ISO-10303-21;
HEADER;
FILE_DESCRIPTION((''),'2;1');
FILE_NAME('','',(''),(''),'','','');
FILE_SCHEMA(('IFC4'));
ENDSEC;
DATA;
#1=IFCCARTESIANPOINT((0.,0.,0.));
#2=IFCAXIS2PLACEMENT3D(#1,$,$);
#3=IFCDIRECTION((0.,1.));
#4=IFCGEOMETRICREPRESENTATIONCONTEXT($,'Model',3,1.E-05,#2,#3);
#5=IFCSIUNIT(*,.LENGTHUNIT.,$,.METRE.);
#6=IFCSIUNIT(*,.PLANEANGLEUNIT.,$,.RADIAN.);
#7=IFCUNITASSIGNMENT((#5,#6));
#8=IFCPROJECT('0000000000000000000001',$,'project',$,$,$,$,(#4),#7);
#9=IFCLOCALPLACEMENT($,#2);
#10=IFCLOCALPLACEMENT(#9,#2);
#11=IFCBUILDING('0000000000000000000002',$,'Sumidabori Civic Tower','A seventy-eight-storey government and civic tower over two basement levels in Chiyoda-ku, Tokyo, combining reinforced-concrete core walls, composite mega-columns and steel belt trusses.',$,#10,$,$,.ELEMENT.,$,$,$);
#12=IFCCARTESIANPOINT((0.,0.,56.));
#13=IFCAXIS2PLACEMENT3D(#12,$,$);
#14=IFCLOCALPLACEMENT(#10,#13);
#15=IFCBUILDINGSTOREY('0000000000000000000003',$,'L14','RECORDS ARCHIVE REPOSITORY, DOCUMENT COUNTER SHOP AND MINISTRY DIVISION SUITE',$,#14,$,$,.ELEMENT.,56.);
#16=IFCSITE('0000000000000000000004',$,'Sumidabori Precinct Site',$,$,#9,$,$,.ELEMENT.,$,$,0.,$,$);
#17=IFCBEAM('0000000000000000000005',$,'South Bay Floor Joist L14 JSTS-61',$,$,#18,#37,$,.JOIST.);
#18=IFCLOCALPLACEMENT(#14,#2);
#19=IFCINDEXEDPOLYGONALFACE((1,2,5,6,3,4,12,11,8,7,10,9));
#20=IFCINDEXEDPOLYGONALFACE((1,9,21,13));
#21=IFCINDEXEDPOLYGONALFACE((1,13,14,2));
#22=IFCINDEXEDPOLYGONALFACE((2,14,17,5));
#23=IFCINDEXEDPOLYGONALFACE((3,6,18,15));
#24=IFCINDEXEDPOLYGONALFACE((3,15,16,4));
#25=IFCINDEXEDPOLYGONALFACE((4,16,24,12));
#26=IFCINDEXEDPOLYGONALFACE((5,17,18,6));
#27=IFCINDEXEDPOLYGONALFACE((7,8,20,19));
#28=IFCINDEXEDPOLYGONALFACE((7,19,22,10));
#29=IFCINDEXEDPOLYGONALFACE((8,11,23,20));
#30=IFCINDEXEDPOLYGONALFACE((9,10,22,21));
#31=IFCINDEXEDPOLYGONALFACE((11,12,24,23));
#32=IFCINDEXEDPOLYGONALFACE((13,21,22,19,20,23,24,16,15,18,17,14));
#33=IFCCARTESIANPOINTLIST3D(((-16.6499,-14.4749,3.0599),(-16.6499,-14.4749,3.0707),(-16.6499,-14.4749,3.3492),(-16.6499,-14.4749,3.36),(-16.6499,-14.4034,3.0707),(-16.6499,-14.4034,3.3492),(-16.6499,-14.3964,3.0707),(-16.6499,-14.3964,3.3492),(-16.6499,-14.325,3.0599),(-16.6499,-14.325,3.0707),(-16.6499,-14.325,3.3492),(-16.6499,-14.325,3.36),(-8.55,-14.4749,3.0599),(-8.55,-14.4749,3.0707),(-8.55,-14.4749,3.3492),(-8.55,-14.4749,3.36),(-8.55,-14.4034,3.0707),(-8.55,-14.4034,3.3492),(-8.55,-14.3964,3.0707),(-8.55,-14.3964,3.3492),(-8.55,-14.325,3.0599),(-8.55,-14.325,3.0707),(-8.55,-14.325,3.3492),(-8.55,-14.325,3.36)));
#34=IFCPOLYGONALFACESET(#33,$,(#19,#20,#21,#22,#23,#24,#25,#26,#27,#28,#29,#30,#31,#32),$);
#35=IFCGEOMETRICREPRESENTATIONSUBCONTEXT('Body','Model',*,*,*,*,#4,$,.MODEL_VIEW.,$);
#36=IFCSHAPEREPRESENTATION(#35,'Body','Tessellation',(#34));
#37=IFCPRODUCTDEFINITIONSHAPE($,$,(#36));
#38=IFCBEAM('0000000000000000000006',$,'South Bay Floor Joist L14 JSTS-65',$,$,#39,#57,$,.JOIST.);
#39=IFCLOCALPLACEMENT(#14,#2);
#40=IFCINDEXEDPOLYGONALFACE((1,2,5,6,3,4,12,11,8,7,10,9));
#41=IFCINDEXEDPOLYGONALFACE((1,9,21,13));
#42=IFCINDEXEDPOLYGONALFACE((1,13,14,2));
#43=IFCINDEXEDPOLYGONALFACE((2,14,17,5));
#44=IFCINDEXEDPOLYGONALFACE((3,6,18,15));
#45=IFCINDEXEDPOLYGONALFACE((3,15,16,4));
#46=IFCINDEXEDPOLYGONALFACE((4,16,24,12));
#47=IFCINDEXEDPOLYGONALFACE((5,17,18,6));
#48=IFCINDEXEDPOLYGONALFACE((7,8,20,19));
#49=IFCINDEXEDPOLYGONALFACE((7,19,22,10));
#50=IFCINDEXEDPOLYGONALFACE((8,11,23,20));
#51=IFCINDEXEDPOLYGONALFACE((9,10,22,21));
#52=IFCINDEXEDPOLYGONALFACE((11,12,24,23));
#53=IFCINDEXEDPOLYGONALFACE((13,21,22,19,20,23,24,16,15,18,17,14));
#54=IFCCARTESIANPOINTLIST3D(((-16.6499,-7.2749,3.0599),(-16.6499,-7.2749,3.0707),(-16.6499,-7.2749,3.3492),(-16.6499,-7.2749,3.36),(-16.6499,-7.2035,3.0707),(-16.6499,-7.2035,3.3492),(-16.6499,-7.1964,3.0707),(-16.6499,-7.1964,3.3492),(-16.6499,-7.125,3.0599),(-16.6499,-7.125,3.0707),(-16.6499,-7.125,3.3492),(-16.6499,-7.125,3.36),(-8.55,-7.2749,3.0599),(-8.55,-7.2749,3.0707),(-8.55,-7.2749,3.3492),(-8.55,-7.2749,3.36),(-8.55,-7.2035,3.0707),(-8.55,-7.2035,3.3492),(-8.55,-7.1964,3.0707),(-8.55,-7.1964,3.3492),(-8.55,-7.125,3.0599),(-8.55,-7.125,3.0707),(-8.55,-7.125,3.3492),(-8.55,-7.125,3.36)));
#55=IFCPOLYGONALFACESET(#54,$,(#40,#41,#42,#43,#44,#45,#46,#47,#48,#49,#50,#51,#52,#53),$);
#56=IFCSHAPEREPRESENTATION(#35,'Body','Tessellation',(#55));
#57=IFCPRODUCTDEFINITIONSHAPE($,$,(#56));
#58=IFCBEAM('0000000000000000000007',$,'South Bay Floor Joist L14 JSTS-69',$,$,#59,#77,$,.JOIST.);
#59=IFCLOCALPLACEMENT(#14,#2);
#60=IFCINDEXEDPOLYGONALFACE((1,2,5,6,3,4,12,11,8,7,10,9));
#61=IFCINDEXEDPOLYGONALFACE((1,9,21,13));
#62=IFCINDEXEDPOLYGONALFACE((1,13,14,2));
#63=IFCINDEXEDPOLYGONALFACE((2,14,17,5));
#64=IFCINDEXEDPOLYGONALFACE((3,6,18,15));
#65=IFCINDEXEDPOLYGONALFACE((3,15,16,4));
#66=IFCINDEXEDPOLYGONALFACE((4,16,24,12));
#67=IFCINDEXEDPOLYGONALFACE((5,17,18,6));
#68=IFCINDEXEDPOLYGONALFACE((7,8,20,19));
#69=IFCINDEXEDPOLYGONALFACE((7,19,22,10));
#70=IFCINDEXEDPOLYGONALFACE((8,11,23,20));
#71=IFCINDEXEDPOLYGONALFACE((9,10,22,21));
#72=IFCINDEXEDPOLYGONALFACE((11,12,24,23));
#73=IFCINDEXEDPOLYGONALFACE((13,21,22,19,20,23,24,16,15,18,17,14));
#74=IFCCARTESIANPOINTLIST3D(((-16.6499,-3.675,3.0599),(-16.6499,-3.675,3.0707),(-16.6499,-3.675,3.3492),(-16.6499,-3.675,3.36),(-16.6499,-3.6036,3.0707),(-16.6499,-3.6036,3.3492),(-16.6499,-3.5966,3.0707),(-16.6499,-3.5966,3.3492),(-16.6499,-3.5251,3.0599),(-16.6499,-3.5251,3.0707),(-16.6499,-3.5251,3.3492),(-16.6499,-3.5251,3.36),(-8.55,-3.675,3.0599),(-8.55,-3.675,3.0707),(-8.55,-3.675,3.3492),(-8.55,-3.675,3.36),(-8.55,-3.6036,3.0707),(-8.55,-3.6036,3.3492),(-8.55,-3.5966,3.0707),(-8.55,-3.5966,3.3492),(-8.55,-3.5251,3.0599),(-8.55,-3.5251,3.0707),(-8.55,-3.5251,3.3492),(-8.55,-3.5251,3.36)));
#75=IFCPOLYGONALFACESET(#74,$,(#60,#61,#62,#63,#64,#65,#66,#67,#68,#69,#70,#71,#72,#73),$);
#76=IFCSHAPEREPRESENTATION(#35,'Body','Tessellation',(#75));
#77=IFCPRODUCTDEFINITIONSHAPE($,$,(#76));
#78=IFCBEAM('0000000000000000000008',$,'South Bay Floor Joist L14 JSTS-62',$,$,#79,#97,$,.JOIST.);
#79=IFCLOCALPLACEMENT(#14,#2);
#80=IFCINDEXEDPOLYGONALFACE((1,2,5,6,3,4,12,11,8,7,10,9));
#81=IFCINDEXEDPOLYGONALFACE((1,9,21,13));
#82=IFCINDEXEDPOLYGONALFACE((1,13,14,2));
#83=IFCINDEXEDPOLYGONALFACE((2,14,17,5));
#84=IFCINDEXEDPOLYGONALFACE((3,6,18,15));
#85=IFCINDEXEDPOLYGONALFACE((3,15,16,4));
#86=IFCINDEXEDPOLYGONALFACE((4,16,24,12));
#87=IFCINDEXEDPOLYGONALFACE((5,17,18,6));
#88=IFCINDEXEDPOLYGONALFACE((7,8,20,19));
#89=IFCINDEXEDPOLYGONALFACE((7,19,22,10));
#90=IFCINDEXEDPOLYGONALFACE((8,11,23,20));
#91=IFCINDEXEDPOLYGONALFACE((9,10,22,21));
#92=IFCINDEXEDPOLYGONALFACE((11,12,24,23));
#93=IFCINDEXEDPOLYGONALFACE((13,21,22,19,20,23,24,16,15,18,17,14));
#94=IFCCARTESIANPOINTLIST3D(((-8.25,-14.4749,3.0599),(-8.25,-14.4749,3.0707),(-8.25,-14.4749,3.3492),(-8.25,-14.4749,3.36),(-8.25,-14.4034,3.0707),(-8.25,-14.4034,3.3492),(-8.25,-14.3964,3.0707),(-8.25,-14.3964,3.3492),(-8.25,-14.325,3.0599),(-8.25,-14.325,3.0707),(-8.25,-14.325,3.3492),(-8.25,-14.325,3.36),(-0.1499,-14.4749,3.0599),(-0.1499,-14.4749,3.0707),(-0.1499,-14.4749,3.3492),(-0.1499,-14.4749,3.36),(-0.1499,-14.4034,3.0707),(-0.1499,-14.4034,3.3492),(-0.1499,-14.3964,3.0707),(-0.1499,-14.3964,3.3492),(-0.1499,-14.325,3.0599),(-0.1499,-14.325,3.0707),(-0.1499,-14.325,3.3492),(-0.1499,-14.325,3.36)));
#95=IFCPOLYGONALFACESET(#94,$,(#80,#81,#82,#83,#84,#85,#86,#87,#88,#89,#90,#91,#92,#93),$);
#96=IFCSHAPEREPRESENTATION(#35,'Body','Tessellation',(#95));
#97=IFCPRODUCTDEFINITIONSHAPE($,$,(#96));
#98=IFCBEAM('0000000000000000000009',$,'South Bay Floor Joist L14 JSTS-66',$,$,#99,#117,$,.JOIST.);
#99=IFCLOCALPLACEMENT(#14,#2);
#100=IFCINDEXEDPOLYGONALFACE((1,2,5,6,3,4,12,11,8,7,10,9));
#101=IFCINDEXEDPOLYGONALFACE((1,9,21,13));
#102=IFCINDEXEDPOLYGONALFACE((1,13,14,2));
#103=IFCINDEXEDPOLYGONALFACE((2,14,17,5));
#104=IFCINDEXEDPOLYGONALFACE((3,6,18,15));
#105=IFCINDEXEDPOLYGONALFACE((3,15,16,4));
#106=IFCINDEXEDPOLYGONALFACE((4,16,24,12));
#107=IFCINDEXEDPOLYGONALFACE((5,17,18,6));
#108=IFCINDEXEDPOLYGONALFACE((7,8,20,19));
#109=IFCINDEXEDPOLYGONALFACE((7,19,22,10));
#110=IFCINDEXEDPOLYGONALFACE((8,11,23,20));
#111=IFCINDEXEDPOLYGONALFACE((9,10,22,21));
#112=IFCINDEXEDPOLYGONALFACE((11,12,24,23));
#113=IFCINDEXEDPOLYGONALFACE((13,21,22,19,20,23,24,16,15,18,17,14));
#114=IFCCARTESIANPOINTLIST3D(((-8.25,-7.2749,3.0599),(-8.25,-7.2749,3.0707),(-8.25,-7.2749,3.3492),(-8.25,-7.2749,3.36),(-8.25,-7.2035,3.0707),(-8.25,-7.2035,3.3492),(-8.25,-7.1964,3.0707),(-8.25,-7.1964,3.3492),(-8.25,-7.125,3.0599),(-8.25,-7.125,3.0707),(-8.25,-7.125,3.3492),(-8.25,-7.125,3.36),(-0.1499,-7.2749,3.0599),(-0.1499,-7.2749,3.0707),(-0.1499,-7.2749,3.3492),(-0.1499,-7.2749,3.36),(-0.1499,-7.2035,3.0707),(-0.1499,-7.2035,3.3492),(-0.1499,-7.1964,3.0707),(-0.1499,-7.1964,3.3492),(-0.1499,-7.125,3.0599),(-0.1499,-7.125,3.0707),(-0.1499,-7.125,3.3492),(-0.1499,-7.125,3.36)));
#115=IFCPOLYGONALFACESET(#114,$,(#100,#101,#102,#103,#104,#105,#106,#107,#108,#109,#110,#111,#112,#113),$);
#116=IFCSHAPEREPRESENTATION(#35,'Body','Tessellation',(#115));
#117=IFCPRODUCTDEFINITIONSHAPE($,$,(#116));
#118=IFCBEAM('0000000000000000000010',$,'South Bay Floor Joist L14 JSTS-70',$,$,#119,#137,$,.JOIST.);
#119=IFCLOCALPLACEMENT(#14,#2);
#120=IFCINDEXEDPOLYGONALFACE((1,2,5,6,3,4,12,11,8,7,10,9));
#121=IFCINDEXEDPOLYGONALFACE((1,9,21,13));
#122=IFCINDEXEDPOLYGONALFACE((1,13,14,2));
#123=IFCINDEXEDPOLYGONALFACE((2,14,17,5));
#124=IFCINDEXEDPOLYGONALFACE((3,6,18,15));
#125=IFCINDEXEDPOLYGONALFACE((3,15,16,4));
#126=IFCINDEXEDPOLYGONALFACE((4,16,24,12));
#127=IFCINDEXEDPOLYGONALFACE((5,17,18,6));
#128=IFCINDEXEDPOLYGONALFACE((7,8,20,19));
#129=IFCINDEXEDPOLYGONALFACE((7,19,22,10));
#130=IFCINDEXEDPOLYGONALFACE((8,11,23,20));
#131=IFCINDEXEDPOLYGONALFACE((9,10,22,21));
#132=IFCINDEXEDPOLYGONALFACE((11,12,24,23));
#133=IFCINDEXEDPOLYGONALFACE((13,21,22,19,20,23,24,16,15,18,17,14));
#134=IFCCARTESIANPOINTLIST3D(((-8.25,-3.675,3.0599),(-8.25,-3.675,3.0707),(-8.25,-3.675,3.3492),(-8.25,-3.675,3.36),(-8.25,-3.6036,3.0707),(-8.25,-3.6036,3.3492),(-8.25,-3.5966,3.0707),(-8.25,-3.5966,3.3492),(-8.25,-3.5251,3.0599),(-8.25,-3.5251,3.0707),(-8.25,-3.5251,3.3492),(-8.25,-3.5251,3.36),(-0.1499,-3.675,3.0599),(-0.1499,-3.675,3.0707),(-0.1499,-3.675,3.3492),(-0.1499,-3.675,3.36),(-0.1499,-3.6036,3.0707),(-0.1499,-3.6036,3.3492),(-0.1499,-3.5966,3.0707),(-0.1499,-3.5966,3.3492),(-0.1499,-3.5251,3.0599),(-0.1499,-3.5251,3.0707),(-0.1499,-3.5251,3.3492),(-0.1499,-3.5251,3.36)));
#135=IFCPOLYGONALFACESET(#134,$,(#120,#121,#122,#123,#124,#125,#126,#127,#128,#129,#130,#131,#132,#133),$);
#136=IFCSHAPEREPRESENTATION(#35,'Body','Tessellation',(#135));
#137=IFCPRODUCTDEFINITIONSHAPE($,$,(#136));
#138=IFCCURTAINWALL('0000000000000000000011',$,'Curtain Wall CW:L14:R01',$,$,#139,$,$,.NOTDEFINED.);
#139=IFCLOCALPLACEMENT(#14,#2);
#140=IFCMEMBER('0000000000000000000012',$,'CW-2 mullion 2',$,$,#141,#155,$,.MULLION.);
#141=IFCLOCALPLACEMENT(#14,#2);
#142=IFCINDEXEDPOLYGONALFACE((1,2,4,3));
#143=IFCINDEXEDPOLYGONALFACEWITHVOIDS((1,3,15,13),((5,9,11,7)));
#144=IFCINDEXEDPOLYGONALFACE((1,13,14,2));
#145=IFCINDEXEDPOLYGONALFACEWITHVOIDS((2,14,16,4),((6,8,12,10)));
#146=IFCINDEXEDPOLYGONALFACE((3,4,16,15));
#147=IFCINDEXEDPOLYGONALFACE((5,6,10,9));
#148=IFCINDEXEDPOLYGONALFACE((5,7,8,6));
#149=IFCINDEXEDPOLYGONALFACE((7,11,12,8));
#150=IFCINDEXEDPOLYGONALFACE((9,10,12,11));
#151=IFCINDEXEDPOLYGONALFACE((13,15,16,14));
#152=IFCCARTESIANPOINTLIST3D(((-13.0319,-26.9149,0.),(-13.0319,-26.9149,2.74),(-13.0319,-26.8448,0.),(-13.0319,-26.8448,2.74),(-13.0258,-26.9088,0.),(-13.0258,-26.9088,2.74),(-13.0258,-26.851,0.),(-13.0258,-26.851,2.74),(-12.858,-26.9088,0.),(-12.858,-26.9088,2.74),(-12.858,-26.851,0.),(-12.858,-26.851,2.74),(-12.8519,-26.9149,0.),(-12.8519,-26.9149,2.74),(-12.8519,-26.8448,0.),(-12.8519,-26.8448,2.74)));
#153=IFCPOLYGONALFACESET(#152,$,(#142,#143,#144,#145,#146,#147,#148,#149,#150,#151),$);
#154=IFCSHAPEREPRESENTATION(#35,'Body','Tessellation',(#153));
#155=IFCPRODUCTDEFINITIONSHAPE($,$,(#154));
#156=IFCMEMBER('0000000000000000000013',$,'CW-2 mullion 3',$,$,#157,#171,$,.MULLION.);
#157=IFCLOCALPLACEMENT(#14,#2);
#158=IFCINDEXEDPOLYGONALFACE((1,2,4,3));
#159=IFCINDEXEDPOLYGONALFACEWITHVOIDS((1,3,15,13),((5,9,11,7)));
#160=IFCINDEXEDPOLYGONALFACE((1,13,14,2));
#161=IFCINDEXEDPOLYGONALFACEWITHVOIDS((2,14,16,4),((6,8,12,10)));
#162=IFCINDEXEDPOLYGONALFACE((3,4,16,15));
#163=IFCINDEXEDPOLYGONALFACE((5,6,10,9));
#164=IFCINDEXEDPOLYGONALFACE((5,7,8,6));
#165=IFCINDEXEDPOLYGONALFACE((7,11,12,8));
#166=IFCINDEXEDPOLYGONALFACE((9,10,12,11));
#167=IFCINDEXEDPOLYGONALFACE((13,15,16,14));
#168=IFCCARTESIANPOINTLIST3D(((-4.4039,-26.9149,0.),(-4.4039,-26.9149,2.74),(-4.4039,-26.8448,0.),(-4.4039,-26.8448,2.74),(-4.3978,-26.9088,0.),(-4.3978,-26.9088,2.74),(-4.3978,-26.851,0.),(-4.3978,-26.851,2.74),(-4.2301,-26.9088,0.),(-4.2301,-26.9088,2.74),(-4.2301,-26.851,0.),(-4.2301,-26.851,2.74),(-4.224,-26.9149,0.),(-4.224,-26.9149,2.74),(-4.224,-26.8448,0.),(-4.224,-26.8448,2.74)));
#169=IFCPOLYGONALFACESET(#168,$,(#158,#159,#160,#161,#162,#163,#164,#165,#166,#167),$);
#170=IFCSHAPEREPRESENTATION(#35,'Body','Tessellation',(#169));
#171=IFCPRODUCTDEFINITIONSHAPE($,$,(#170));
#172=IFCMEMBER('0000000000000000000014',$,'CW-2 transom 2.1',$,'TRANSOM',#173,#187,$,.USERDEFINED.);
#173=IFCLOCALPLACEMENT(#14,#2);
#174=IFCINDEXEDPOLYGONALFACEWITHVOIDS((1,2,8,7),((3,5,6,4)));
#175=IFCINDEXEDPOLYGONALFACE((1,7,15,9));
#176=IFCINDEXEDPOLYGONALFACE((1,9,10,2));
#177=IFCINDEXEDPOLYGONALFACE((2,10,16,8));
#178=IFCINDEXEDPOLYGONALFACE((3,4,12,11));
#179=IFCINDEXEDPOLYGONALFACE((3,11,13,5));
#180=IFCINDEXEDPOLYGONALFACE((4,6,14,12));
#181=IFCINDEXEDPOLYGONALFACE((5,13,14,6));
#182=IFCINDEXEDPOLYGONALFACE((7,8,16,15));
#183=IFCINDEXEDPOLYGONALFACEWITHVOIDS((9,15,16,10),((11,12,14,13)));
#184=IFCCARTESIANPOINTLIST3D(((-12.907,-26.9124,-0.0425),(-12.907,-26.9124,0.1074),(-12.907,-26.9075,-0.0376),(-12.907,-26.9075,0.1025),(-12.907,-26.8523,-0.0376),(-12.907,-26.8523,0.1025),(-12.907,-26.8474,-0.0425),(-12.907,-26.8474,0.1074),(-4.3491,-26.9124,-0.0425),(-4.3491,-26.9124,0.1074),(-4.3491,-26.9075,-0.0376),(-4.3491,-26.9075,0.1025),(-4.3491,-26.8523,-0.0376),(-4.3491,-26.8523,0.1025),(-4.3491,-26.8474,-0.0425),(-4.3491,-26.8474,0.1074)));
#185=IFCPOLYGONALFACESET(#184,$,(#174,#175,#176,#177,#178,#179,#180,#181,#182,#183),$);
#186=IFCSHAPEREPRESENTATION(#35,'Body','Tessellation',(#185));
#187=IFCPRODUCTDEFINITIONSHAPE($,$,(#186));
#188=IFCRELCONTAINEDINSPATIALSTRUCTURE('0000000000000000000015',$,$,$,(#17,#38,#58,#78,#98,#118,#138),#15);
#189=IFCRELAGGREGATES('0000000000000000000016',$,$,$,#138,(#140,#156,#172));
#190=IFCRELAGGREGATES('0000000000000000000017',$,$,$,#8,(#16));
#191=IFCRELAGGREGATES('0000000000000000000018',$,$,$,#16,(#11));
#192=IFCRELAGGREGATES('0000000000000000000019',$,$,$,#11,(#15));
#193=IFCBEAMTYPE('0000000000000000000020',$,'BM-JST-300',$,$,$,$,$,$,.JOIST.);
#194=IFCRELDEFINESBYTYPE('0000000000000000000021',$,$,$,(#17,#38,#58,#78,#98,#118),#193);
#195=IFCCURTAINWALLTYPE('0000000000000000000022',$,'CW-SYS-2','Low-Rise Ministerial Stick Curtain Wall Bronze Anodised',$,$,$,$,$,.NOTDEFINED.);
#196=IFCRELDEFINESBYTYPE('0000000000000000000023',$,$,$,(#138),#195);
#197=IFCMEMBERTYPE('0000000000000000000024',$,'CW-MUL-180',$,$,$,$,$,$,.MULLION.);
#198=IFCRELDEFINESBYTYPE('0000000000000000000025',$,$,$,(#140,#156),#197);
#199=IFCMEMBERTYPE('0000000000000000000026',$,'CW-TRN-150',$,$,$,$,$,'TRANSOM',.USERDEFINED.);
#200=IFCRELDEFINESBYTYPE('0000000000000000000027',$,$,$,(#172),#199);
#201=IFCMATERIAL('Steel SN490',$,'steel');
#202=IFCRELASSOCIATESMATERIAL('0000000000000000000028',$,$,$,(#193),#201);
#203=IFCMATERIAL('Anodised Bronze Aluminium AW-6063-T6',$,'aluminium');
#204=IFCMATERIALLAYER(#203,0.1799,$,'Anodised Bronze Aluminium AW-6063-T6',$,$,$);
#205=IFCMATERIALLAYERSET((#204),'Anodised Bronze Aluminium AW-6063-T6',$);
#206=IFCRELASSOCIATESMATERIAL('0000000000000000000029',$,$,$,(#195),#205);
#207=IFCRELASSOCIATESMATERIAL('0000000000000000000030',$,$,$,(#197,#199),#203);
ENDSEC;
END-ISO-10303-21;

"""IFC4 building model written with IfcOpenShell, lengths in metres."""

from ifc_helpers import new_model, si_unit, direction, frame, origin, origin_2d, place, context, subcontext, project, spatial, hollow_rectangle, i_section, extrude, source, transform, mapped, material, layer, layer_set, material_profile, profile_set, type_object, element, aggregate, save


model = new_model("IFC4")

# Units and contexts
model_context = context("Model", 3, precision=1e-05, world=origin(), true_north=direction((0.0, 1.0)))
body_context = subcontext(model_context, "Body", "Model", "MODEL_VIEW")
ifc_project = project(units=[si_unit("LENGTHUNIT", "METRE"), si_unit("PLANEANGLEUNIT", "RADIAN")], contexts=[model_context])

# Site, building, storey
site_placement = place(None, origin())
site = spatial("IfcSite", under=ifc_project, at=site_placement, Name="Sumidabori Precinct Site", CompositionType="ELEMENT", RefElevation=0.0)
building_placement = place(site_placement, origin())
building = spatial("IfcBuilding", under=site, at=building_placement, Name="Sumidabori Civic Tower", Description="A seventy-eight-storey government and civic tower over two basement levels in Chiyoda-ku, Tokyo, combining reinforced-concrete core walls, composite mega-columns and steel belt trusses.", CompositionType="ELEMENT")
storey_placement = place(building_placement, frame((0.0, 0.0, 56.0)))
storey = spatial("IfcBuildingStorey", under=building, at=storey_placement, Name="L14", Description="RECORDS ARCHIVE REPOSITORY, DOCUMENT COUNTER SHOP AND MINISTRY DIVISION SUITE", CompositionType="ELEMENT", Elevation=56.0)

# Beams
ifc_material_1 = material(Name="Steel SN490", Category="steel")
ifc_material_profile_1 = material_profile(ifc_material_1, i_section(OverallWidth=0.1499, OverallDepth=0.3, WebThickness=0.0071, FlangeThickness=0.0107, at=origin_2d()), Name="IPE 300")
ifc_profile_set_1 = profile_set([ifc_material_profile_1], Name="Steel SN490")
beam_type_1 = type_object("IfcBeamType", Name="BM-JST-300", PredefinedType="JOIST", material=ifc_profile_set_1)
shared_shape_1 = source(origin(), body_context, "Body", "SweptSolid", [
    extrude(i_section(OverallWidth=0.1499, OverallDepth=0.3, WebThickness=0.0071, FlangeThickness=0.0107, at=origin_2d()), origin(), (0.0, 0.0, 1.0), 8.0999),
])
for number, where, z_axis, x_axis, name in (
    (1, (-16.6499, -14.3999, 3.21), (1.0, 0.0, 0.0), (0.0, 1.0, 0.0), "South Bay Floor Joist L14 JSTS-61"),
    (2, (-16.6499, -7.2, 3.21), (1.0, 0.0, 0.0), (0.0, 1.0, 0.0), "South Bay Floor Joist L14 JSTS-65"),
    (3, (-16.6499, -3.6001, 3.21), (1.0, 0.0, 0.0), (0.0, 1.0, 0.0), "South Bay Floor Joist L14 JSTS-69"),
):
    element("IfcBeam", number, at=place(storey_placement, frame(where, z_axis=z_axis, x_axis=x_axis)), inside=storey, type_object=beam_type_1, Name=name, PredefinedType="JOIST", context=body_context, shape_type="MappedRepresentation", body=[
        mapped(shared_shape_1, transform((0.0, 0.0, 0.0), x_axis=(1.0, 0.0, 0.0), y_axis=(0.0, 1.0, 0.0), z_axis=(0.0, 0.0, 1.0), scale=1.0)),
    ])
shared_shape_2 = source(origin(), body_context, "Body", "SweptSolid", [
    extrude(i_section(OverallWidth=0.1499, OverallDepth=0.3, WebThickness=0.0071, FlangeThickness=0.0107, at=origin_2d()), origin(), (0.0, 0.0, 1.0), 8.1001),
])
for number, where, z_axis, x_axis, name in (
    (4, (-8.25, -14.3999, 3.21), (1.0, 0.0, 0.0), (0.0, 1.0, 0.0), "South Bay Floor Joist L14 JSTS-62"),
    (5, (-8.25, -7.2, 3.21), (1.0, 0.0, 0.0), (0.0, 1.0, 0.0), "South Bay Floor Joist L14 JSTS-66"),
    (6, (-8.25, -3.6001, 3.21), (1.0, 0.0, 0.0), (0.0, 1.0, 0.0), "South Bay Floor Joist L14 JSTS-70"),
):
    element("IfcBeam", number, at=place(storey_placement, frame(where, z_axis=z_axis, x_axis=x_axis)), inside=storey, type_object=beam_type_1, Name=name, PredefinedType="JOIST", context=body_context, shape_type="MappedRepresentation", body=[
        mapped(shared_shape_2, transform((0.0, 0.0, 0.0), x_axis=(1.0, 0.0, 0.0), y_axis=(0.0, 1.0, 0.0), z_axis=(0.0, 0.0, 1.0), scale=1.0)),
    ])

# Curtain wall, members
ifc_material_2 = material(Name="Anodised Bronze Aluminium AW-6063-T6", Category="aluminium")
ifc_layer_1 = layer(ifc_material_2, 0.1799, Name="Anodised Bronze Aluminium AW-6063-T6")
ifc_layer_set_1 = layer_set([ifc_layer_1], Name="Anodised Bronze Aluminium AW-6063-T6")
curtain_wall_type = type_object("IfcCurtainWallType", Name="CW-SYS-2", Description="Low-Rise Ministerial Stick Curtain Wall Bronze Anodised", PredefinedType="NOTDEFINED", material=ifc_layer_set_1)
curtain_wall_placement = place(storey_placement, origin())
curtain_wall = element("IfcCurtainWall", 7, at=curtain_wall_placement, inside=storey, type_object=curtain_wall_type, Name="Curtain Wall CW:L14:R01", PredefinedType="NOTDEFINED")
ifc_material_profile_2 = material_profile(ifc_material_2, hollow_rectangle(XDim=0.0701, YDim=0.1799, WallThickness=0.0061, at=origin_2d()), Name="ALU MULLION 180x70")
ifc_profile_set_2 = profile_set([ifc_material_profile_2], Name="Anodised Bronze Aluminium AW-6063-T6")
member_type_1 = type_object("IfcMemberType", Name="CW-MUL-180", PredefinedType="MULLION", material=ifc_profile_set_2)
shared_shape_3 = source(origin(), body_context, "Body", "SweptSolid", [
    extrude(hollow_rectangle(XDim=0.0701, YDim=0.1799, WallThickness=0.0061, at=origin_2d()), origin(), (0.0, 0.0, 1.0), 2.74),
])
member_1_placement = place(storey_placement, frame((-12.9419, -26.8799, 0.0), z_axis=(0.0, 0.0, 1.0), x_axis=(0.0, 1.0, 0.0)))
member_1 = element("IfcMember", 8, at=member_1_placement, type_object=member_type_1, Name="CW-2 mullion 2", PredefinedType="MULLION", context=body_context, shape_type="MappedRepresentation", body=[
    mapped(shared_shape_3, transform((0.0, 0.0, 0.0), x_axis=(1.0, 0.0, 0.0), y_axis=(0.0, 1.0, 0.0), z_axis=(0.0, 0.0, 1.0), scale=1.0)),
])
member_2_placement = place(storey_placement, frame((-4.314, -26.8799, 0.0), z_axis=(0.0, 0.0, 1.0), x_axis=(0.0, 1.0, 0.0)))
member_2 = element("IfcMember", 9, at=member_2_placement, type_object=member_type_1, Name="CW-2 mullion 3", PredefinedType="MULLION", context=body_context, shape_type="MappedRepresentation", body=[
    mapped(shared_shape_3, transform((0.0, 0.0, 0.0), x_axis=(1.0, 0.0, 0.0), y_axis=(0.0, 1.0, 0.0), z_axis=(0.0, 0.0, 1.0), scale=1.0)),
])
ifc_material_profile_3 = material_profile(ifc_material_2, hollow_rectangle(XDim=0.0649, YDim=0.1499, WallThickness=0.0049, at=origin_2d()), Name="ALU TRANSOM 150x65")
ifc_profile_set_3 = profile_set([ifc_material_profile_3], Name="Anodised Bronze Aluminium AW-6063-T6")
member_type_2 = type_object("IfcMemberType", Name="CW-TRN-150", ElementType="TRANSOM", PredefinedType="USERDEFINED", material=ifc_profile_set_3)
shared_shape_4 = source(origin(), body_context, "Body", "SweptSolid", [
    extrude(hollow_rectangle(XDim=0.0649, YDim=0.1499, WallThickness=0.0049, at=origin_2d()), origin(), (0.0, 0.0, 1.0), 8.5579),
])
member_3_placement = place(storey_placement, frame((-12.907, -26.8799, 0.0325), z_axis=(1.0, 0.0, 0.0), x_axis=(0.0, 1.0, 0.0)))
member_3 = element("IfcMember", 10, at=member_3_placement, type_object=member_type_2, Name="CW-2 transom 2.1", ObjectType="TRANSOM", PredefinedType="USERDEFINED", context=body_context, shape_type="MappedRepresentation", body=[
    mapped(shared_shape_4, transform((0.0, 0.0, 0.0), x_axis=(1.0, 0.0, 0.0), y_axis=(0.0, 1.0, 0.0), z_axis=(0.0, 0.0, 1.0), scale=1.0)),
])

aggregate(curtain_wall, [member_1, member_2, member_3])

save(model, "model.ifc")
